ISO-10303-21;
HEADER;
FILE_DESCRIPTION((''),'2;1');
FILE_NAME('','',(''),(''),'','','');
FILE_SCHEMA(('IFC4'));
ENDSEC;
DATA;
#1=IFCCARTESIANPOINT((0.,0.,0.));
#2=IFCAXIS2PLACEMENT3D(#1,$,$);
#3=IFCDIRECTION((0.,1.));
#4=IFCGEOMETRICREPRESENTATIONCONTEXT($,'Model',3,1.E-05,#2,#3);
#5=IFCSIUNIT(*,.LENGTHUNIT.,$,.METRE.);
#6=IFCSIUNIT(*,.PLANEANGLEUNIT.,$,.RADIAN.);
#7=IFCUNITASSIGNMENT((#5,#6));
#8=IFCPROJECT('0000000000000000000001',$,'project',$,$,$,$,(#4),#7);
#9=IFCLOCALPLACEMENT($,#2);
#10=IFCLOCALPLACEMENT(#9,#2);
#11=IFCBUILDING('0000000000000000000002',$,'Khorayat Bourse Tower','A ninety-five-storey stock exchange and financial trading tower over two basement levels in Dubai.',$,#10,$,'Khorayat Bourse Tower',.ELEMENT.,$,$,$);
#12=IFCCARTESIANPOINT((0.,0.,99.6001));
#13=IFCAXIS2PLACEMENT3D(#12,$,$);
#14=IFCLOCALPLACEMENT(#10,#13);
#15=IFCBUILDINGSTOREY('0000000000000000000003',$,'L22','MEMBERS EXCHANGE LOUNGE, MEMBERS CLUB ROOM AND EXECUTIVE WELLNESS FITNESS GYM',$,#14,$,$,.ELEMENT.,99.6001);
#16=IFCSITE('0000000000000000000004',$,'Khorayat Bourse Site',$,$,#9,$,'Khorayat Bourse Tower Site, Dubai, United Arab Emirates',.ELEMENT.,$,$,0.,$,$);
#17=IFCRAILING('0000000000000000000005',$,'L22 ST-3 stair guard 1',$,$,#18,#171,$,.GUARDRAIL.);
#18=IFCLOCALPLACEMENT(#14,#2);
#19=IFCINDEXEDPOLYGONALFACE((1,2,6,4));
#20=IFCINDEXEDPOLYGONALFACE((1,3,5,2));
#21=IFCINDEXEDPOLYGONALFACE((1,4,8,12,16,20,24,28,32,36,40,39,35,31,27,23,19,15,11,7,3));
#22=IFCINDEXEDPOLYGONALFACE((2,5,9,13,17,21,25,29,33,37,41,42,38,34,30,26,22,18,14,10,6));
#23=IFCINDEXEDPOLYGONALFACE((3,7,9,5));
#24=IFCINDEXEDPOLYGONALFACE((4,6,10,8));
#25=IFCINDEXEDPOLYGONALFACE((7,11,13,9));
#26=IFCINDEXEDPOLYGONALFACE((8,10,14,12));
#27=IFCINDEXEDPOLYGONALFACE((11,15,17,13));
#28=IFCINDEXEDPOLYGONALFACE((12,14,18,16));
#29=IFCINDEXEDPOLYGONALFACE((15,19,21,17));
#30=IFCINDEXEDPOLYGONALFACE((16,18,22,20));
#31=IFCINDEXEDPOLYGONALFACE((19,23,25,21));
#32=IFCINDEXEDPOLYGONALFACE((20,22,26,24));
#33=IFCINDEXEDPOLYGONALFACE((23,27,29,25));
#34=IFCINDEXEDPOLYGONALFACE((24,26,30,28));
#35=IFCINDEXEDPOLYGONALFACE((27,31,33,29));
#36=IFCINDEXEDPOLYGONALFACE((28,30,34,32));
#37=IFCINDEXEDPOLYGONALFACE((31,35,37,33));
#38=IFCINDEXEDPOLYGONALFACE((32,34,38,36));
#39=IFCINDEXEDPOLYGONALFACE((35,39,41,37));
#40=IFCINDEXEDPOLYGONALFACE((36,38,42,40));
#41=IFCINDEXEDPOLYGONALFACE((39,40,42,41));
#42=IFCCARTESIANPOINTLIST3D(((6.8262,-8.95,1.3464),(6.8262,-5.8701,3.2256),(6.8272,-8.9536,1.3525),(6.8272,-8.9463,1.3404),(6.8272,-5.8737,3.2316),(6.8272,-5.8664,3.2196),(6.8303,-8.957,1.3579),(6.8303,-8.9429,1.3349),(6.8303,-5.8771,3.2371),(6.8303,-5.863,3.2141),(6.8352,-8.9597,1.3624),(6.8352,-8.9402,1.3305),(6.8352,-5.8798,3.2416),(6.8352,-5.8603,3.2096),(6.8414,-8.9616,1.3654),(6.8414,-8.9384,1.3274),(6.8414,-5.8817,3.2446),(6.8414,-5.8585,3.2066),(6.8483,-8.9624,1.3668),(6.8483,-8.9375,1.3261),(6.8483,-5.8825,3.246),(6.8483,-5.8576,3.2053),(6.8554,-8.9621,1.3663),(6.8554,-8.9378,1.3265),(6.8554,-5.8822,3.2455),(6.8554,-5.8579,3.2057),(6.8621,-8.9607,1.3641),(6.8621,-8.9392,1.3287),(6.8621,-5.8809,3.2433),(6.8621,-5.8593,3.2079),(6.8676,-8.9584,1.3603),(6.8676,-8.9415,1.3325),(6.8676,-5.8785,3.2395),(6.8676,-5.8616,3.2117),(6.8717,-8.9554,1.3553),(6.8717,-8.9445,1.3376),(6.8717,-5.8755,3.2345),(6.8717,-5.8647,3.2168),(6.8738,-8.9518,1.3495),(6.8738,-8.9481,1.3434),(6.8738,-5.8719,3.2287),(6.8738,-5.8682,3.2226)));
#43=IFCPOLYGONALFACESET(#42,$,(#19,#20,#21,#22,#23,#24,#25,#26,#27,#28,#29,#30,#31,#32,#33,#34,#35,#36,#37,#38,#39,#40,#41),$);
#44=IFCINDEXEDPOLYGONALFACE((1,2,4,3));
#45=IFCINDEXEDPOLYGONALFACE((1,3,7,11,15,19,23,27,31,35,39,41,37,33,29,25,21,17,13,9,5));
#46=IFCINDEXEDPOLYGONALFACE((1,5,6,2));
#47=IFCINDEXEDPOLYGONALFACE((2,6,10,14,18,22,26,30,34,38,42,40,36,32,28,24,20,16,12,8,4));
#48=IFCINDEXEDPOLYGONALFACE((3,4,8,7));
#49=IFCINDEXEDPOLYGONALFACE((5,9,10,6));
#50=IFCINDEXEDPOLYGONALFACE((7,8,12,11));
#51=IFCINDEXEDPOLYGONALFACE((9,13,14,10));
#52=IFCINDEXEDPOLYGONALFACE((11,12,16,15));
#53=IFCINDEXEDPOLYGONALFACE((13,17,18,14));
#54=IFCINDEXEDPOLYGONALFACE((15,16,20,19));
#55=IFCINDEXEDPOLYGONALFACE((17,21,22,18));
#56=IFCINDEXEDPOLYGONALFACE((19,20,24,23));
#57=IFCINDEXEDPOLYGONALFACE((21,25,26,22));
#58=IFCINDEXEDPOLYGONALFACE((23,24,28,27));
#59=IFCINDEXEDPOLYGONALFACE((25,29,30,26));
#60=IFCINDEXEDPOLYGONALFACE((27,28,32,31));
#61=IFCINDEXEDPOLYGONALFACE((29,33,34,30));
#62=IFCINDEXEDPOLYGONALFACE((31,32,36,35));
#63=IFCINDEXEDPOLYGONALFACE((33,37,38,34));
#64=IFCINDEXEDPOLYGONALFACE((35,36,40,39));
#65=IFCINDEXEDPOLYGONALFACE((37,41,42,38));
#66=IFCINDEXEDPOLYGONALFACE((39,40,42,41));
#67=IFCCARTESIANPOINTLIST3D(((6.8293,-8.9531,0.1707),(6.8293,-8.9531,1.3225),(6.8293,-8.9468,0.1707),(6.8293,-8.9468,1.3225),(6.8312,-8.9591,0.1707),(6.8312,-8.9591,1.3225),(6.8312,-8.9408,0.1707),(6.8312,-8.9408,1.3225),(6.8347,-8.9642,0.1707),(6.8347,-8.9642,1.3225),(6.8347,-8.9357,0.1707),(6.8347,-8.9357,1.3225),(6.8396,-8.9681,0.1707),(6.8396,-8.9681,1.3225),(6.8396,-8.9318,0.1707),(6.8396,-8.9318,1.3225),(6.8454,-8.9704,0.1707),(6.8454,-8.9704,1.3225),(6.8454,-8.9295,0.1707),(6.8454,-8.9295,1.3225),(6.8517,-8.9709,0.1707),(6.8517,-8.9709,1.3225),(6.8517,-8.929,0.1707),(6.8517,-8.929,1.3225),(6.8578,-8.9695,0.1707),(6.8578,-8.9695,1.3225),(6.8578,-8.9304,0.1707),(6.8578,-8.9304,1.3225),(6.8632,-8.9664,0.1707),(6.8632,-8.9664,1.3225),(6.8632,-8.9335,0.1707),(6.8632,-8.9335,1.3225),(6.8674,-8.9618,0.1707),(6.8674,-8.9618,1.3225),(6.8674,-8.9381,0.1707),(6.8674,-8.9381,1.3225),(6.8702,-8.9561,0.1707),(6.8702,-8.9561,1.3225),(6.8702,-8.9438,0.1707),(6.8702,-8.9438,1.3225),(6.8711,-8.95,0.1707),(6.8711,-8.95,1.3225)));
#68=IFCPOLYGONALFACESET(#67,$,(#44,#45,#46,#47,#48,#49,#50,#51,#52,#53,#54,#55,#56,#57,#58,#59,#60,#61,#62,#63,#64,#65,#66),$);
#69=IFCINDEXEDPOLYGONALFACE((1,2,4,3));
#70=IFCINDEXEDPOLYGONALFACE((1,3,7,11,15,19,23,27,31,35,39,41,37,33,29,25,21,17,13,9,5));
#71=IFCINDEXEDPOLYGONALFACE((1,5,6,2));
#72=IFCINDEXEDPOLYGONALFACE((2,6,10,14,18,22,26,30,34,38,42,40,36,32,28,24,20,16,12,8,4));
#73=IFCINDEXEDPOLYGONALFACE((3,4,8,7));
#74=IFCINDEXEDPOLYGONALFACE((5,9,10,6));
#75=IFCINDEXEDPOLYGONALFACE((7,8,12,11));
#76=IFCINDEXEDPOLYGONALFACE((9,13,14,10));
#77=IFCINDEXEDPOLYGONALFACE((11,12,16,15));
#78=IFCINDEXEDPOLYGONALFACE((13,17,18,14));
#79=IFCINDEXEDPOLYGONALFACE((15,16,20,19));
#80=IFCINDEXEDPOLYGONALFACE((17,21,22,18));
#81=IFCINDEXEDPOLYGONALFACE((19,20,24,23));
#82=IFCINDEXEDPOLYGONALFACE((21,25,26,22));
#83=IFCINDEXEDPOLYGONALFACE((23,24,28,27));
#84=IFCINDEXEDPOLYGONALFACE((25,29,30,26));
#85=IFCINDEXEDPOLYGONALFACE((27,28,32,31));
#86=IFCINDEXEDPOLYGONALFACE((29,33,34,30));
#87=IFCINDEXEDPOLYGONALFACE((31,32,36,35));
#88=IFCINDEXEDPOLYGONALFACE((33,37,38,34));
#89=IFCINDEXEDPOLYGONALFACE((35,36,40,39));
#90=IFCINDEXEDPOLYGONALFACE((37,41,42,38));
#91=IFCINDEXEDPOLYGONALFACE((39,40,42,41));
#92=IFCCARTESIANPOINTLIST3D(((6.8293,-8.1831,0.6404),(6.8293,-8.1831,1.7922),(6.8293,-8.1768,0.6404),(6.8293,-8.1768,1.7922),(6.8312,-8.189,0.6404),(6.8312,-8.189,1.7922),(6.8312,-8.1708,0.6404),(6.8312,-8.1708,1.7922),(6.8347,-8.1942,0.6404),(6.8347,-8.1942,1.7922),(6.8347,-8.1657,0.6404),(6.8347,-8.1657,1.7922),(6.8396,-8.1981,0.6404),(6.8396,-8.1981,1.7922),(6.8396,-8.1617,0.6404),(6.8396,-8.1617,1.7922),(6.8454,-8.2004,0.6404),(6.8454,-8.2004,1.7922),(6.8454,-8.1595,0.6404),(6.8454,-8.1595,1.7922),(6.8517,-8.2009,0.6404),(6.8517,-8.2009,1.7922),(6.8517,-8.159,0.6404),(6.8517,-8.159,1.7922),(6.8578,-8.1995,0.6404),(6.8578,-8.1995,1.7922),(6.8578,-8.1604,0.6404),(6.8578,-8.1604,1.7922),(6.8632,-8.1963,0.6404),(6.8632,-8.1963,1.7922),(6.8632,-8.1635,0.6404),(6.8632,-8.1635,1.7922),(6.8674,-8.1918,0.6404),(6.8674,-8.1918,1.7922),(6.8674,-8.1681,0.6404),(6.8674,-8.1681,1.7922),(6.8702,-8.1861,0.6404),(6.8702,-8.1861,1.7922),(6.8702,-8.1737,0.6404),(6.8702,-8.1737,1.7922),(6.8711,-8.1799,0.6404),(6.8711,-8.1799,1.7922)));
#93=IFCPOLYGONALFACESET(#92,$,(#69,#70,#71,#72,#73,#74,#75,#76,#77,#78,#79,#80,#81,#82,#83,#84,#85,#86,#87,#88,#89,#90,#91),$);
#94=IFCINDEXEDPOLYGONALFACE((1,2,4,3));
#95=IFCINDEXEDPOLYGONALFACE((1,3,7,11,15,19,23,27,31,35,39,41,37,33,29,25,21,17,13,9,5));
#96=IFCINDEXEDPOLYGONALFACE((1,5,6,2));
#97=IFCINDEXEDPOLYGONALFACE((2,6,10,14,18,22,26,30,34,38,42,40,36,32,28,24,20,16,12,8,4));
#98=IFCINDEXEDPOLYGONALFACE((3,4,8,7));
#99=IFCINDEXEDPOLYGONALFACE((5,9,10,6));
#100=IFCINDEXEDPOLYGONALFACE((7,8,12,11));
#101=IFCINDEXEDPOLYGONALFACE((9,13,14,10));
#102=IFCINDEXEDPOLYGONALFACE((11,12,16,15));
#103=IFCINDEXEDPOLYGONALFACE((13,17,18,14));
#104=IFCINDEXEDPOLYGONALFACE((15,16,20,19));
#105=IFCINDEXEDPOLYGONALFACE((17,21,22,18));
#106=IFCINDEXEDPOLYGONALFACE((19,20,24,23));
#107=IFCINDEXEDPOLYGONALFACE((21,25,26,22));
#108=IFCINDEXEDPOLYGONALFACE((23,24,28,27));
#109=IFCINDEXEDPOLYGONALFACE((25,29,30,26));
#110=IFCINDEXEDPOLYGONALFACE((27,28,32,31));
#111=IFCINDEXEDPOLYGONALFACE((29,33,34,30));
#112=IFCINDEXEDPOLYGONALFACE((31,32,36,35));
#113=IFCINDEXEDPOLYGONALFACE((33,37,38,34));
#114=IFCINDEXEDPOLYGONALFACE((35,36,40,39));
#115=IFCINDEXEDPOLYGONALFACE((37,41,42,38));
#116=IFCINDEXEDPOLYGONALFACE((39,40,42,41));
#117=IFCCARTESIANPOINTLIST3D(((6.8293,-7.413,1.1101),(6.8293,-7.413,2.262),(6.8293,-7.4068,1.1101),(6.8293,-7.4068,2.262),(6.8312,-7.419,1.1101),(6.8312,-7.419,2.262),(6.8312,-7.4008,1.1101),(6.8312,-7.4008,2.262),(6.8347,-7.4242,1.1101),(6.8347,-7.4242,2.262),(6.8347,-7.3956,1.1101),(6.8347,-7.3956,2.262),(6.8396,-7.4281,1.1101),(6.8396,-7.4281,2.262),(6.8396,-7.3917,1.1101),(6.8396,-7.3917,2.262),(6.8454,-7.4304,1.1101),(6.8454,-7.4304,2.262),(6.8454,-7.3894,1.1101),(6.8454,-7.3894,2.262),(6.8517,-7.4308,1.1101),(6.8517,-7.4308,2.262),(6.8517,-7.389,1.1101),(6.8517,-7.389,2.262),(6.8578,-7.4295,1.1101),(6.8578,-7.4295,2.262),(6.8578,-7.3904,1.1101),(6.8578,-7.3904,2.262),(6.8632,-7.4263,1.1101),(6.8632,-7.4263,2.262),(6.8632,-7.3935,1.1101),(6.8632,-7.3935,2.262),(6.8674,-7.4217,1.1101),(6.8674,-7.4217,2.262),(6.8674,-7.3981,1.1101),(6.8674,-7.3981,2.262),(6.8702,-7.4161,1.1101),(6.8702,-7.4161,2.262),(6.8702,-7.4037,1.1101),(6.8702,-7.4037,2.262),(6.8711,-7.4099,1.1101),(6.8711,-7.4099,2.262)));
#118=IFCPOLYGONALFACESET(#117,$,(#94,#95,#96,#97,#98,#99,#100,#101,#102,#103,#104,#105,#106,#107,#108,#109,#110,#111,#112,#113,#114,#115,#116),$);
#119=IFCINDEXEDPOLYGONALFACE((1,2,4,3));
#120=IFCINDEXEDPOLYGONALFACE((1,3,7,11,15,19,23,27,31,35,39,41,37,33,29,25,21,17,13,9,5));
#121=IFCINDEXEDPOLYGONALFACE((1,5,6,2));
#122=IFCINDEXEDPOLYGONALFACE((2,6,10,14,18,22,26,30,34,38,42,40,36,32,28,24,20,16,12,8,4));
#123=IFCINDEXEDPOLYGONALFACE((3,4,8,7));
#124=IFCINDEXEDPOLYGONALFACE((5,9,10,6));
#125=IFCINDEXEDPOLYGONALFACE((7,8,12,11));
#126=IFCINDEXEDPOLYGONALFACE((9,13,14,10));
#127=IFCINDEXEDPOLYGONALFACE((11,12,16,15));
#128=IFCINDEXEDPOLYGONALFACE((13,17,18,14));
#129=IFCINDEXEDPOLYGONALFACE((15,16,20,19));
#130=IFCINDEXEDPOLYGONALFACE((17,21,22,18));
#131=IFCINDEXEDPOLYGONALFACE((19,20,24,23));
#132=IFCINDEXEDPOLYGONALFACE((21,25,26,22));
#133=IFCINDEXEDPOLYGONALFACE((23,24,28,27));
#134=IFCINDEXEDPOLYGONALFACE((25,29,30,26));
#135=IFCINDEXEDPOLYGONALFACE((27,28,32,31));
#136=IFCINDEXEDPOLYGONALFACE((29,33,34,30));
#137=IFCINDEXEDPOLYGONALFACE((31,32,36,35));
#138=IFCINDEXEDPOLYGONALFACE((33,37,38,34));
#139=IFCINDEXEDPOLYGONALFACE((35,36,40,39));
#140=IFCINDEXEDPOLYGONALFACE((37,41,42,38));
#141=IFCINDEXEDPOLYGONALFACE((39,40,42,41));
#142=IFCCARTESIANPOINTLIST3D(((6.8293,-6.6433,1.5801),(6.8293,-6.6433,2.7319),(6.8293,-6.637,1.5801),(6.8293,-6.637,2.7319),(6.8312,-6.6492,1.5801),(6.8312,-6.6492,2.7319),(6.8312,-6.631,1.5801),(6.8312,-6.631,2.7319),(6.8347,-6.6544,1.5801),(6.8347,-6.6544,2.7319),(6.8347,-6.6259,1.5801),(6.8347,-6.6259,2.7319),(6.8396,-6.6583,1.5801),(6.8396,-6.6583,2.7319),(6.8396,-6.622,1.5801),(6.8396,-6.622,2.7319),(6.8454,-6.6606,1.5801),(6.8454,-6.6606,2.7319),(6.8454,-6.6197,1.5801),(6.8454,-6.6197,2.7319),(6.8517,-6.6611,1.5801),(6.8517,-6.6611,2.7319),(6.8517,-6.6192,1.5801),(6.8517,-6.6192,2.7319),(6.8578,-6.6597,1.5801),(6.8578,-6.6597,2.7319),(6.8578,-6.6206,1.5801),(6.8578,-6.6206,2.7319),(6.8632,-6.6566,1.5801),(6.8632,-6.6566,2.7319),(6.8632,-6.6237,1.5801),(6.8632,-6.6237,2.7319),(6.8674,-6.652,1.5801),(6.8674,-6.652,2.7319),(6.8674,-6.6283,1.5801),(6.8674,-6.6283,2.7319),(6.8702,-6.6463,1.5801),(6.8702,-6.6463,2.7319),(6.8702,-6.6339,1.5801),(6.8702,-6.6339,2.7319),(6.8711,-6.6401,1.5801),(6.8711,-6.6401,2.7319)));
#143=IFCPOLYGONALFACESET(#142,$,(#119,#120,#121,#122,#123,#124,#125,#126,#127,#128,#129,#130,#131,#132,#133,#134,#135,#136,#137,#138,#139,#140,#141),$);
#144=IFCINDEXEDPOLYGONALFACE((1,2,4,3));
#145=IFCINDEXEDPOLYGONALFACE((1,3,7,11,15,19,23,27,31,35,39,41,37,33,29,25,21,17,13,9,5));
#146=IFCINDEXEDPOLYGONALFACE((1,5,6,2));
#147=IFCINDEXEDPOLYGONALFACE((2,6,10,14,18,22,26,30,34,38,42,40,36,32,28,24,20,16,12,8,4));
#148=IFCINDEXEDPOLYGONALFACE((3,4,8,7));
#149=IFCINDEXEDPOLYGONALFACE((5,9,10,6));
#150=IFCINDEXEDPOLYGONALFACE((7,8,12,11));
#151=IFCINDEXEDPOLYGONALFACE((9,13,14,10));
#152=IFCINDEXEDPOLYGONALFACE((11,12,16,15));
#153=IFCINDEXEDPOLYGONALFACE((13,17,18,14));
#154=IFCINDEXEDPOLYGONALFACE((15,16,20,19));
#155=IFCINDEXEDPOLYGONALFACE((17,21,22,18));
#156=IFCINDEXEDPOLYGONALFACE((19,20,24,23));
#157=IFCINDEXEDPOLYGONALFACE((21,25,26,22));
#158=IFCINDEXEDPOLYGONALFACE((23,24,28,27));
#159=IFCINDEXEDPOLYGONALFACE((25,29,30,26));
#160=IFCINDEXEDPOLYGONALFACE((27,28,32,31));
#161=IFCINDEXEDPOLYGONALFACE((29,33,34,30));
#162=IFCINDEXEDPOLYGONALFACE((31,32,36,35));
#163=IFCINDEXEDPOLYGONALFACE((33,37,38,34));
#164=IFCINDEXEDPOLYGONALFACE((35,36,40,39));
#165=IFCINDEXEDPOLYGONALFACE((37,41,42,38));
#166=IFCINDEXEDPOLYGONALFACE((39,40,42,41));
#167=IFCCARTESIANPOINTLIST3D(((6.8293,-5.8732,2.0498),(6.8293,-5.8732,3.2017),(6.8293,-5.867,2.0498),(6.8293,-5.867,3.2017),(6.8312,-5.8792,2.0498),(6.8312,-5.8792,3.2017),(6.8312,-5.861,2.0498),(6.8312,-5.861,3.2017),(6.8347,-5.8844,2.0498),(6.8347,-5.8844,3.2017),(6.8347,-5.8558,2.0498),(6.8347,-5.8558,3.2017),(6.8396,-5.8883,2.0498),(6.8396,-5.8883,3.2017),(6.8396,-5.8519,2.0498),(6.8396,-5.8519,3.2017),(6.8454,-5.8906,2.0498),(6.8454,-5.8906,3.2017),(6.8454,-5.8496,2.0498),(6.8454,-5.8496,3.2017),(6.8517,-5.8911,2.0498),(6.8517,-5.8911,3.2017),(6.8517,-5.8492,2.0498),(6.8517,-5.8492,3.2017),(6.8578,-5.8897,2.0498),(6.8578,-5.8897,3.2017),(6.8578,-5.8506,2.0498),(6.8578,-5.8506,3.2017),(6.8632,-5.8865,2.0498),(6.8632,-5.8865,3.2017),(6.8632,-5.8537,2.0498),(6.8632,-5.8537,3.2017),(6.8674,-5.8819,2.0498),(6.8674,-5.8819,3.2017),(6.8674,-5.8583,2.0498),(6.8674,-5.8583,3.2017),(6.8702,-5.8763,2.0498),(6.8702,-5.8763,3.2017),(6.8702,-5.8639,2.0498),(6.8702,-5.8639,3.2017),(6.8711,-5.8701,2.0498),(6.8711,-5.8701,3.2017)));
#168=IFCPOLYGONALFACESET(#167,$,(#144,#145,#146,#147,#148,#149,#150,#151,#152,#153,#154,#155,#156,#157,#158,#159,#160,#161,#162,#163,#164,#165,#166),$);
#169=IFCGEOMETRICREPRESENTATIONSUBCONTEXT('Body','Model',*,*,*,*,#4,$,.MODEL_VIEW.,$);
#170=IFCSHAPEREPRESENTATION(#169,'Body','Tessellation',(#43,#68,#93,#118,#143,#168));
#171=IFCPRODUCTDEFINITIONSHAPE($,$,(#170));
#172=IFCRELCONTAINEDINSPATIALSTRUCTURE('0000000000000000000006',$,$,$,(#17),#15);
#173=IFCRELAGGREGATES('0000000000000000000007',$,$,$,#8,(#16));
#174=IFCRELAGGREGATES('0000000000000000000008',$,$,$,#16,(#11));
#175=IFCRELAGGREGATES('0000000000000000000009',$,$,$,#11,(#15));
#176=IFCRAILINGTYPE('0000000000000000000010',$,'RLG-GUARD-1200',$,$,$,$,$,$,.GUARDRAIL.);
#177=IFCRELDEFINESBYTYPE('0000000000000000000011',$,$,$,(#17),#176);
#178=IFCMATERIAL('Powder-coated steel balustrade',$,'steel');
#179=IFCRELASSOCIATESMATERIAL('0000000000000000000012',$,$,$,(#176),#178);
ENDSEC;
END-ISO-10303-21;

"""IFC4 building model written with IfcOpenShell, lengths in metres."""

from ifc_helpers import new_model, si_unit, direction, frame, origin, origin_2d, place, context, subcontext, project, spatial, circle, extrude, source, transform, mapped, material, type_object, element, save


model = new_model("IFC4")

# Units and contexts
model_context = context("Model", 3, precision=1e-05, world=origin(), true_north=direction((0.0, 1.0)))
body_context = subcontext(model_context, "Body", "Model", "MODEL_VIEW")
ifc_project = project(units=[si_unit("LENGTHUNIT", "METRE"), si_unit("PLANEANGLEUNIT", "RADIAN")], contexts=[model_context])

# Site, building, storey
site_placement = place(None, origin())
site = spatial("IfcSite", under=ifc_project, at=site_placement, Name="Khorayat Bourse Site", LongName="Khorayat Bourse Tower Site, Dubai, United Arab Emirates", CompositionType="ELEMENT", RefElevation=0.0)
building_placement = place(site_placement, origin())
building = spatial("IfcBuilding", under=site, at=building_placement, Name="Khorayat Bourse Tower", Description="A ninety-five-storey stock exchange and financial trading tower over two basement levels in Dubai.", LongName="Khorayat Bourse Tower", CompositionType="ELEMENT")
storey_placement = place(building_placement, frame((0.0, 0.0, 99.6001)))
storey = spatial("IfcBuildingStorey", under=building, at=storey_placement, Name="L22", Description="MEMBERS EXCHANGE LOUNGE, MEMBERS CLUB ROOM AND EXECUTIVE WELLNESS FITNESS GYM", CompositionType="ELEMENT", Elevation=99.6001)

# Railing
ifc_material_1 = material(Name="Powder-coated steel balustrade", Category="steel")
railing_type_1 = type_object("IfcRailingType", Name="RLG-GUARD-1200", PredefinedType="GUARDRAIL", material=ifc_material_1)
shared_shape_1 = source(origin(), body_context, "Body", "SweptSolid", [
    extrude(circle(Radius=0.0239, at=origin_2d()), frame((0.0, 0.0, 1.1758), z_axis=(0.0, 0.853648, 0.52085), x_axis=(-1.0, 0.0, 0.0)), (0.0, 0.0, 1.0), 3.6079),
    extrude(circle(Radius=0.021, at=origin_2d()), origin(), (0.0, 0.0, 1.0), 1.1519),
    extrude(circle(Radius=0.021, at=origin_2d()), frame((0.0, 0.77, 0.4697)), (0.0, 0.0, 1.0), 1.1519),
    extrude(circle(Radius=0.021, at=origin_2d()), frame((0.0, 1.54, 0.9395)), (0.0, 0.0, 1.0), 1.1519),
    extrude(circle(Radius=0.021, at=origin_2d()), frame((0.0, 2.3098, 1.4094)), (0.0, 0.0, 1.0), 1.1519),
    extrude(circle(Radius=0.021, at=origin_2d()), frame((0.0, 3.0798, 1.8792)), (0.0, 0.0, 1.0), 1.1519),
])
railing_1_placement = place(storey_placement, frame((6.8501, -8.95, 0.1707)))
element("IfcRailing", 1, at=railing_1_placement, inside=storey, type_object=railing_type_1, Name="L22 ST-3 stair guard 1", PredefinedType="GUARDRAIL", context=body_context, shape_type="MappedRepresentation", body=[
    mapped(shared_shape_1, transform((0.0, 0.0, 0.0), scale=1.0)),
])

save(model, "model.ifc")
